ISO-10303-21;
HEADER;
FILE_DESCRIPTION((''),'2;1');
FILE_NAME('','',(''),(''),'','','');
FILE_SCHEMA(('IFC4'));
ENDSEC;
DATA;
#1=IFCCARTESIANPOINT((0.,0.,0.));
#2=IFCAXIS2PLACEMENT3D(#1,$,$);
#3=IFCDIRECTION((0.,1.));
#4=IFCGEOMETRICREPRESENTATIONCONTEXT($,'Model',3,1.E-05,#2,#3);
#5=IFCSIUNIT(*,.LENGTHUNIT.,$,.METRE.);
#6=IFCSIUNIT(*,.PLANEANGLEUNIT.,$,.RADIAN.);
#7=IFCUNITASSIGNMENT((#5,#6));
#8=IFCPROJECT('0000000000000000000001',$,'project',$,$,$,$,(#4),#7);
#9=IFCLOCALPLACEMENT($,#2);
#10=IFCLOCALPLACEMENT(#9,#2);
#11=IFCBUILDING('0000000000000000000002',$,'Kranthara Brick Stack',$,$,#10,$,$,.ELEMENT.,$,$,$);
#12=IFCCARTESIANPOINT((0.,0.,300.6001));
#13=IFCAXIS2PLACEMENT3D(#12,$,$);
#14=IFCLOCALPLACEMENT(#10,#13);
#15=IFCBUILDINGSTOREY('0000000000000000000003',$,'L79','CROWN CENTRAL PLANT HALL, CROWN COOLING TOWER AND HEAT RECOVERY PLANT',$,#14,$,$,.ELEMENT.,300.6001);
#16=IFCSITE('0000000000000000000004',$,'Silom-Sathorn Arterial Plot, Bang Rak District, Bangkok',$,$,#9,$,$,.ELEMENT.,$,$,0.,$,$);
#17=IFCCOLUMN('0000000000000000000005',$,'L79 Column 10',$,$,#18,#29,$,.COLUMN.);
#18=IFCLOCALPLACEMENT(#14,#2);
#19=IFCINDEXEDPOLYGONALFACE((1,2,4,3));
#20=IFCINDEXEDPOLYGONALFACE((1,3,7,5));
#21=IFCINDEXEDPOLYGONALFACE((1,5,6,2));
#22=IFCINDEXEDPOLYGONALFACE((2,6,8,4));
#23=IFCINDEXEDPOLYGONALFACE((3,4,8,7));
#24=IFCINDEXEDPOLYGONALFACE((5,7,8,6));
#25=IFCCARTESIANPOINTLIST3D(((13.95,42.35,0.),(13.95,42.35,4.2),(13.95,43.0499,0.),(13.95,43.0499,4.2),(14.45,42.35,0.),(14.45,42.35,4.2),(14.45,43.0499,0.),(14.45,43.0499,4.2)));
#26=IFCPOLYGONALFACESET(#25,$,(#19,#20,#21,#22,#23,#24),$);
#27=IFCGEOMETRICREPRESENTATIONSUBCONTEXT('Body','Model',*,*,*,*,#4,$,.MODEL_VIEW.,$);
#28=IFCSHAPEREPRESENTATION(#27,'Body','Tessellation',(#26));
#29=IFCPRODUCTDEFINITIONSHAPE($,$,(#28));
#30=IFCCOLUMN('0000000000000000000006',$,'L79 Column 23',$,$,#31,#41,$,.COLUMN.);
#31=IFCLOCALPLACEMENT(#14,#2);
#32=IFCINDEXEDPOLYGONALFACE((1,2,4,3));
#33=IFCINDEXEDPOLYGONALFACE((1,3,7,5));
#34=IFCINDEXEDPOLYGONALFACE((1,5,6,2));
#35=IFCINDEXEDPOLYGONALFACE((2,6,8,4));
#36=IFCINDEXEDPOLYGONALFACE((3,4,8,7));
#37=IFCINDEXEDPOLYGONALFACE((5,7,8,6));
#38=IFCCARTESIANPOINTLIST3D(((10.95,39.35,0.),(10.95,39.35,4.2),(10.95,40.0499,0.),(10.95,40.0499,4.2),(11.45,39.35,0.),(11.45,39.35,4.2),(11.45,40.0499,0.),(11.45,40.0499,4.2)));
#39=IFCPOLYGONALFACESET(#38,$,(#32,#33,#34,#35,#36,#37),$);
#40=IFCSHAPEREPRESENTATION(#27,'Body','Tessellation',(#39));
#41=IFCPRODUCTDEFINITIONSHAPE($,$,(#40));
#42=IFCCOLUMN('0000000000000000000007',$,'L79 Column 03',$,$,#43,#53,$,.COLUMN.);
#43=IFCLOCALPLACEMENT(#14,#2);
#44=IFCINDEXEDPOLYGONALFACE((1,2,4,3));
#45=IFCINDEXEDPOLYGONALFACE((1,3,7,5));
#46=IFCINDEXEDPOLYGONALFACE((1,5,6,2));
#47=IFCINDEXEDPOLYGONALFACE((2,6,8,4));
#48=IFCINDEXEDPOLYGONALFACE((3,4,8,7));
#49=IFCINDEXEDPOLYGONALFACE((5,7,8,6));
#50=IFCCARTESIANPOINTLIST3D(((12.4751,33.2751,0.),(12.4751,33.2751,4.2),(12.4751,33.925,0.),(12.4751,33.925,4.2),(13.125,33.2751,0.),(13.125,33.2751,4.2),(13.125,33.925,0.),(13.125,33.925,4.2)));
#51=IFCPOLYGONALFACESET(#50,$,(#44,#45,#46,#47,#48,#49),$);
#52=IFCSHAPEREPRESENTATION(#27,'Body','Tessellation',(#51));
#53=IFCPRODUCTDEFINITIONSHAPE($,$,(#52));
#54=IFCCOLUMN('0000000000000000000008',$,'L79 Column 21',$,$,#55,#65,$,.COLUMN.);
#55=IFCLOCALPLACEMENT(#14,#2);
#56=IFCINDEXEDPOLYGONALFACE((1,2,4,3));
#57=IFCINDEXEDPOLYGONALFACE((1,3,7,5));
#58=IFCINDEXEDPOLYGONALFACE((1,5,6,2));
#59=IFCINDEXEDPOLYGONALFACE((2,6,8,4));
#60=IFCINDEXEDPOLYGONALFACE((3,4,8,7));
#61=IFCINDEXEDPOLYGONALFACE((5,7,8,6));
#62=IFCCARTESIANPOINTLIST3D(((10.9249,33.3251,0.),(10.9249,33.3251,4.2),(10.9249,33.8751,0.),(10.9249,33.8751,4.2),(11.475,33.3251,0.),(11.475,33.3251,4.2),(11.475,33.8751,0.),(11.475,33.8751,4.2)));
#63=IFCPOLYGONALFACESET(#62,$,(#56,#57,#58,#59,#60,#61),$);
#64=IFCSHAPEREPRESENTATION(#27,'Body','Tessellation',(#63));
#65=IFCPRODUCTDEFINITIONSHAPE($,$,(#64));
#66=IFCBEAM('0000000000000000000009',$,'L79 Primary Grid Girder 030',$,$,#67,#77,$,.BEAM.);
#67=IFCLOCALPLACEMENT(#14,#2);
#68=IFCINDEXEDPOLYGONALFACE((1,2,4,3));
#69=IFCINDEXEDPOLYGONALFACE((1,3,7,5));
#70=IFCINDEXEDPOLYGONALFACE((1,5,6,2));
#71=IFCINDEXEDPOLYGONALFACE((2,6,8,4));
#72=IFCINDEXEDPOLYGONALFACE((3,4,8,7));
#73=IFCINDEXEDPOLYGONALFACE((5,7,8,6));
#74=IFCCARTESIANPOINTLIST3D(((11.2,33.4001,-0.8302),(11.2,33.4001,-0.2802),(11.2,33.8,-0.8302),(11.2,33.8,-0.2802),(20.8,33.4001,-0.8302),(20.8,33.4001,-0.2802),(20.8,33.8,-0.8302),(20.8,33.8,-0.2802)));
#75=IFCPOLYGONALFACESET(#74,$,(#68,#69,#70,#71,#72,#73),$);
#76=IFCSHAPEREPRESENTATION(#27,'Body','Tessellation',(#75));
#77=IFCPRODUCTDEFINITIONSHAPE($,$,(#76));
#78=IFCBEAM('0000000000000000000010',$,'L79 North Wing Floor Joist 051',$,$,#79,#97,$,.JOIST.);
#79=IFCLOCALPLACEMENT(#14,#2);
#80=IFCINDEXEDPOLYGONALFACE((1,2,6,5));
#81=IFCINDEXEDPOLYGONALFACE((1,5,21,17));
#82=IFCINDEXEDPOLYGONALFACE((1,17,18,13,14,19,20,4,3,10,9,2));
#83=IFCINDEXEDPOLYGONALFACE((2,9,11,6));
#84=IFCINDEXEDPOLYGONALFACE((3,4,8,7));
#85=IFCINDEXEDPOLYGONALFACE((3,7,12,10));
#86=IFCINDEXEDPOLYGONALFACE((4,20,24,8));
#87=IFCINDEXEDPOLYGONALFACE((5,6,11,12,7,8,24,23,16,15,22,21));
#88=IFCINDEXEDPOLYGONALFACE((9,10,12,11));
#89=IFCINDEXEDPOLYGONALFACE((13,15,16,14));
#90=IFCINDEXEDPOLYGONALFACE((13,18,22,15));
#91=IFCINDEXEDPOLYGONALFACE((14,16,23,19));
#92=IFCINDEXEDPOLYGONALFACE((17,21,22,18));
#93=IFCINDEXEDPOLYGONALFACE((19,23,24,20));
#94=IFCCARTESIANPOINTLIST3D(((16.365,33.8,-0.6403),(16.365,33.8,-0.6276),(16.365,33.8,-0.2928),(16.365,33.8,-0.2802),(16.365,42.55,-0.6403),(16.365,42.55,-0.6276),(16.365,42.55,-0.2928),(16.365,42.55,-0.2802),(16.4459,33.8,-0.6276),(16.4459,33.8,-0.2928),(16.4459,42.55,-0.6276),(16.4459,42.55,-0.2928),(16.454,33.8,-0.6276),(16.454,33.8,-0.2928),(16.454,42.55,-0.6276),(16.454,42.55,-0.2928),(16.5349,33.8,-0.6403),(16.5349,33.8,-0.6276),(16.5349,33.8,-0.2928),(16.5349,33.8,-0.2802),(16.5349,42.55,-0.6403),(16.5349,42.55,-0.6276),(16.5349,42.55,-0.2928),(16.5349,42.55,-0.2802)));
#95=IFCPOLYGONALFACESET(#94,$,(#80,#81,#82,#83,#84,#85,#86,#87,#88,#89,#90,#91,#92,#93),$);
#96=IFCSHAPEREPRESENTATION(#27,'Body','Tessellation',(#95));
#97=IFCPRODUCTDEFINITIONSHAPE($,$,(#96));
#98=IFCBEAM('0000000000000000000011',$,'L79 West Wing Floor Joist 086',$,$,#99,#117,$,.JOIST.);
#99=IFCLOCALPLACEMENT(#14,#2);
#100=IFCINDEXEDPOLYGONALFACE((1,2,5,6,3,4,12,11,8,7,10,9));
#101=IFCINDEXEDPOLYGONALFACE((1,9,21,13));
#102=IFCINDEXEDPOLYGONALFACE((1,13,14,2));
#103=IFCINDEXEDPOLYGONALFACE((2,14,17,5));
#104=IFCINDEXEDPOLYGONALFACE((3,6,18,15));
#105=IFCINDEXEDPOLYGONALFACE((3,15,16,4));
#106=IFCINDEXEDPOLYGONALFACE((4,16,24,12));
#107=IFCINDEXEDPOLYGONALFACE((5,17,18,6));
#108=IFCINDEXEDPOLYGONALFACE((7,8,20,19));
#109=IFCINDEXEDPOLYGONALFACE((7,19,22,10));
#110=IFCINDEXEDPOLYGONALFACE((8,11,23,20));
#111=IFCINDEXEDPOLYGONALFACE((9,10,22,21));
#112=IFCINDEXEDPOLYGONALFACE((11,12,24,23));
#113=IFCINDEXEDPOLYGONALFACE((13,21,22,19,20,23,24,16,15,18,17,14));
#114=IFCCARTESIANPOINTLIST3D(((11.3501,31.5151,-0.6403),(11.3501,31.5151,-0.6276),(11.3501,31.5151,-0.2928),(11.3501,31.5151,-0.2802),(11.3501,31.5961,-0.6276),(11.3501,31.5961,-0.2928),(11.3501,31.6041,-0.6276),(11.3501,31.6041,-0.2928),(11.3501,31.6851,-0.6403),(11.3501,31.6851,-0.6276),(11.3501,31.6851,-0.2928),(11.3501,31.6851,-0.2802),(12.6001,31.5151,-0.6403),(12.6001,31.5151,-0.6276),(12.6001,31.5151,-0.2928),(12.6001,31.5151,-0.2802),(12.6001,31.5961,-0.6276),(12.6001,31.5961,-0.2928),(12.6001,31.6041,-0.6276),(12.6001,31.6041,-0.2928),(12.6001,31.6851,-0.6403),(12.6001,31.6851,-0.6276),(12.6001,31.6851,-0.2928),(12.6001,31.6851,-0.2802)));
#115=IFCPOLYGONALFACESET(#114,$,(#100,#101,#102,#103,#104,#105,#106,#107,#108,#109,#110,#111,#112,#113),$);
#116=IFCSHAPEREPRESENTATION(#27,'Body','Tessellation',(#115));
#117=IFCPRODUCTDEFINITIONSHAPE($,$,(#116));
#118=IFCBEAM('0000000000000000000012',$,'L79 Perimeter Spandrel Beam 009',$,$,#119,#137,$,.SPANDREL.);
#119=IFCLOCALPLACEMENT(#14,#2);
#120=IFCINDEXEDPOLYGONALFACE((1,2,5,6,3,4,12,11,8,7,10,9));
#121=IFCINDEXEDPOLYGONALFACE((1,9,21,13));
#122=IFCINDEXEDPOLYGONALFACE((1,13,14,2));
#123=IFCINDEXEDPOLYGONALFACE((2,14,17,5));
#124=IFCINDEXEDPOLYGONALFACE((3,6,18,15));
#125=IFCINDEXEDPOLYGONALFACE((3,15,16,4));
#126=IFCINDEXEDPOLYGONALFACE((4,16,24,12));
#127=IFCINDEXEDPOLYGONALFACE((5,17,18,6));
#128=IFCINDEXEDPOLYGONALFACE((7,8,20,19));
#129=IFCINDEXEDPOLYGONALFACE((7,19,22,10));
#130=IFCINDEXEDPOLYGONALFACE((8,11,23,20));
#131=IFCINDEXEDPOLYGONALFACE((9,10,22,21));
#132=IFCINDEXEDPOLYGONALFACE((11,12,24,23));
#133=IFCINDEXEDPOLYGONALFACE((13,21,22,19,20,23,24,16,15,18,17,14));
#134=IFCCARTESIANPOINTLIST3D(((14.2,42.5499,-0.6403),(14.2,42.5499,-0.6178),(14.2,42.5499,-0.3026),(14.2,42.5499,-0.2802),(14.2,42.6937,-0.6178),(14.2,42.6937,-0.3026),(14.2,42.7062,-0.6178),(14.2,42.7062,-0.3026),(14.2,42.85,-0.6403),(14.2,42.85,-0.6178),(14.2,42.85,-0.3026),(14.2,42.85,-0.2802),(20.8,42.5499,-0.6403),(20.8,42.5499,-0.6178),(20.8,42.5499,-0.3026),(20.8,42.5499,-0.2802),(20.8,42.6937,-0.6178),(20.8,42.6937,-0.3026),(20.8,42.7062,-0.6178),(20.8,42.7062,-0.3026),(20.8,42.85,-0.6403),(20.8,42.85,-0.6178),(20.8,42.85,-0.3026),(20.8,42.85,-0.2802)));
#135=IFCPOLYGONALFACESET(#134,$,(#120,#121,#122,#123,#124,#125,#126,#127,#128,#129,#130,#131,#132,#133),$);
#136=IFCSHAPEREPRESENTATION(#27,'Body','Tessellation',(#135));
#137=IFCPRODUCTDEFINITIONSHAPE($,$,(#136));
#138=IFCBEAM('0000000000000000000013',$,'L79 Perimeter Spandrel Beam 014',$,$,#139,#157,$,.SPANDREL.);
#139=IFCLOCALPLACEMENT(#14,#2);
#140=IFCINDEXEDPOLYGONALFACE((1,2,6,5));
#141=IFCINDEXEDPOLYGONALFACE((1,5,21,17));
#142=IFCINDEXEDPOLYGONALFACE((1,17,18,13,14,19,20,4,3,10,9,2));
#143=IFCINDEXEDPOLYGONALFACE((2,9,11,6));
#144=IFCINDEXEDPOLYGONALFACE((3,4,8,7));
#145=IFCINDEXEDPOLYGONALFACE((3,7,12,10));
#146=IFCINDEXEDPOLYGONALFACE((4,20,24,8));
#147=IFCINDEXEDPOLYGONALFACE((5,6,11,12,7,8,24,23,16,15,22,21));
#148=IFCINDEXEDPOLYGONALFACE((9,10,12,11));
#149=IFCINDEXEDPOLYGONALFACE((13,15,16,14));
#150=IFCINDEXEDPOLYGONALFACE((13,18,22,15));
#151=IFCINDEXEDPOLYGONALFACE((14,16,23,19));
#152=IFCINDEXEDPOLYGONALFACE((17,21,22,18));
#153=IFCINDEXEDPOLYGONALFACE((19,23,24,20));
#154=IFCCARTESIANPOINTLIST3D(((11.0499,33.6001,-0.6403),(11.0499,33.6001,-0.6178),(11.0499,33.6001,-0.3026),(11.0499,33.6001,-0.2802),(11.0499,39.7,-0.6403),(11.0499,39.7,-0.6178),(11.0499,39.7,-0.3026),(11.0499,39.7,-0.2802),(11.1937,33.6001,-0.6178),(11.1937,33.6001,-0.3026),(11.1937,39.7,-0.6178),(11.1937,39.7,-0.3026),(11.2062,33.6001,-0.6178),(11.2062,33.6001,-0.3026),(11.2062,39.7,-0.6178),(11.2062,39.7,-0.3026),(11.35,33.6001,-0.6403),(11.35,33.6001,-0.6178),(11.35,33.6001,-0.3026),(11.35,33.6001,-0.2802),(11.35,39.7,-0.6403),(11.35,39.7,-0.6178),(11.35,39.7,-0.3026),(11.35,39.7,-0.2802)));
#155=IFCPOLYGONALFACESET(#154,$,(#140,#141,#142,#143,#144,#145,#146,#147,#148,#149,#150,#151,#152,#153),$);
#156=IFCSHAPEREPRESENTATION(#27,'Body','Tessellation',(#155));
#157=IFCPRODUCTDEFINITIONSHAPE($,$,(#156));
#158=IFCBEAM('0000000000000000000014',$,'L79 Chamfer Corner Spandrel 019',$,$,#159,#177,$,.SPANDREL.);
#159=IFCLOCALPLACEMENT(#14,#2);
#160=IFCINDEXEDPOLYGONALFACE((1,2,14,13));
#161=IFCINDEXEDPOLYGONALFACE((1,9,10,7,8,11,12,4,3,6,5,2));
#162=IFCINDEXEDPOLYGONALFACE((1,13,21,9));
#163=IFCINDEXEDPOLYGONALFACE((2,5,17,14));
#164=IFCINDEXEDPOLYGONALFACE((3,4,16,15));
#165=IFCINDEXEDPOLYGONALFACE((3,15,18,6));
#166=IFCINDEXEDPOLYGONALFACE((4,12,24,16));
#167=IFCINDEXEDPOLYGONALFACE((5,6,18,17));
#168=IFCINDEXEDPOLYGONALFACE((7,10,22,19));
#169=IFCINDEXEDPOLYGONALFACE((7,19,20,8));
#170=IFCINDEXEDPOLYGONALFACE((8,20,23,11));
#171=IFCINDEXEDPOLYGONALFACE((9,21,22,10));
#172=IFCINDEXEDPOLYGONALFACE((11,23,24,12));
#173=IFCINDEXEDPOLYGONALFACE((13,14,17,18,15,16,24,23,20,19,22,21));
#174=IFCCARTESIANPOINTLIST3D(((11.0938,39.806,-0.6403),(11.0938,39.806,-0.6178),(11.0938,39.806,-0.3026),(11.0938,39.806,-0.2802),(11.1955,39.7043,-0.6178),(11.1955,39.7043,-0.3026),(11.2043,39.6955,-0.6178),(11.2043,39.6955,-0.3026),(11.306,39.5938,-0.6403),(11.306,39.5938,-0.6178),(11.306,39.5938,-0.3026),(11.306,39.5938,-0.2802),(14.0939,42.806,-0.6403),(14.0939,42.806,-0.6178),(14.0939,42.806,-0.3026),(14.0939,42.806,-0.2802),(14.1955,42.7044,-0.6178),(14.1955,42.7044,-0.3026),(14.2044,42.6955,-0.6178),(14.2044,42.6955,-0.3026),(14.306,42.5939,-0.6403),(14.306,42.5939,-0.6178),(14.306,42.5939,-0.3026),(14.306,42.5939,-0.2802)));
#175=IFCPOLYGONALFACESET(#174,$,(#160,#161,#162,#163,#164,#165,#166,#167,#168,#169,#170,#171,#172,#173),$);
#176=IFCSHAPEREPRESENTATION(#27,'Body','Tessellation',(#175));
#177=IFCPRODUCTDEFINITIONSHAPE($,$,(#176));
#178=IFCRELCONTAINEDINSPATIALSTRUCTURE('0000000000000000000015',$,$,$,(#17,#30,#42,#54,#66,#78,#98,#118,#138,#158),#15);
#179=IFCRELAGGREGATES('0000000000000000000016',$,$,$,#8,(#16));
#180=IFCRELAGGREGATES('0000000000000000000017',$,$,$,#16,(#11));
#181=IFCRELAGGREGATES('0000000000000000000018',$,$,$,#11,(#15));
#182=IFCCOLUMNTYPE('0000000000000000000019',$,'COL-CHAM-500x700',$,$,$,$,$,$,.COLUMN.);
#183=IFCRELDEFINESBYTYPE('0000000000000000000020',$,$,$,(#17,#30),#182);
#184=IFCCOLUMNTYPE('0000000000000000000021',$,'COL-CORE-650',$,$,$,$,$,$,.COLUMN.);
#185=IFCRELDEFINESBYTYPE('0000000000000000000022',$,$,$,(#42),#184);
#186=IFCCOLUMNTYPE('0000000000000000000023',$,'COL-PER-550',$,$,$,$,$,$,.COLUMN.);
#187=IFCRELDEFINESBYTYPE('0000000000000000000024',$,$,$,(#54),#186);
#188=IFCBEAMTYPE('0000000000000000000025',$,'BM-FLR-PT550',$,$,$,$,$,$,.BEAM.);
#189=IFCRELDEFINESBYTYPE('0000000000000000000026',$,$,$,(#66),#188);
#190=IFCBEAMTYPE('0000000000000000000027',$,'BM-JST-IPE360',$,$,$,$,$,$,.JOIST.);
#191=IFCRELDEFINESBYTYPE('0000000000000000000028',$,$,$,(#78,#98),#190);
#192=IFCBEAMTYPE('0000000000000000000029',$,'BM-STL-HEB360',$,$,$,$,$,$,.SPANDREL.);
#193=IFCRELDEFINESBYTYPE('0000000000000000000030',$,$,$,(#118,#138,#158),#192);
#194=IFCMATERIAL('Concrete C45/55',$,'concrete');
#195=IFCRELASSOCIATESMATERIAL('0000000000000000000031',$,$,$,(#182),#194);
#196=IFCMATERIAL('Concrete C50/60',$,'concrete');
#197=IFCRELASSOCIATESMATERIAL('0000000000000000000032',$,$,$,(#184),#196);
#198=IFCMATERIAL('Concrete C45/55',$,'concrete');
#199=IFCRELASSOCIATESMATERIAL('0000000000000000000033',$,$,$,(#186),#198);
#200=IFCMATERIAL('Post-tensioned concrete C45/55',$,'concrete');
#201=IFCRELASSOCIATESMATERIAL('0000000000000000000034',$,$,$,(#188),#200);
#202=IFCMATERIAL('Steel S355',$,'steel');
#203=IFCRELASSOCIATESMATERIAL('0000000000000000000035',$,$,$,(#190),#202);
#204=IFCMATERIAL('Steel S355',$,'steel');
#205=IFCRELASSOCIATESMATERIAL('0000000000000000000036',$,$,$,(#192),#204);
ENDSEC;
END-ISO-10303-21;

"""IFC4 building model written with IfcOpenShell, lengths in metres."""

from ifc_helpers import new_model, si_unit, direction, frame, origin, origin_2d, place, context, subcontext, project, spatial, rectangle, i_section, extrude, material, material_profile, profile_set, type_object, element, save


model = new_model("IFC4")

# Units and contexts
model_context = context("Model", 3, precision=1e-05, world=origin(), true_north=direction((0.0, 1.0)))
body_context = subcontext(model_context, "Body", "Model", "MODEL_VIEW")
ifc_project = project(units=[si_unit("LENGTHUNIT", "METRE"), si_unit("PLANEANGLEUNIT", "RADIAN")], contexts=[model_context])

# Site, building, storey
site_placement = place(None, origin())
site = spatial("IfcSite", under=ifc_project, at=site_placement, Name="Silom-Sathorn Arterial Plot, Bang Rak District, Bangkok", CompositionType="ELEMENT", RefElevation=0.0)
building_placement = place(site_placement, origin())
building = spatial("IfcBuilding", under=site, at=building_placement, Name="Kranthara Brick Stack", CompositionType="ELEMENT")
storey_placement = place(building_placement, frame((0.0, 0.0, 300.6001)))
storey = spatial("IfcBuildingStorey", under=building, at=storey_placement, Name="L79", Description="CROWN CENTRAL PLANT HALL, CROWN COOLING TOWER AND HEAT RECOVERY PLANT", CompositionType="ELEMENT", Elevation=300.6001)

# Columns
ifc_material_1 = material(Name="Concrete C45/55", Category="concrete")
ifc_material_profile_1 = material_profile(ifc_material_1, rectangle(XDim=0.5, YDim=0.7, at=origin_2d()), Name="RC 500x700")
ifc_profile_set_1 = profile_set([ifc_material_profile_1], Name="Concrete C45/55")
column_type_1 = type_object("IfcColumnType", Name="COL-CHAM-500x700", PredefinedType="COLUMN", material=ifc_profile_set_1)
for number, where, z_axis, x_axis, name in (
    (1, (14.2, 42.7, 0.0), (0.0, 0.0, 1.0), (1.0, 0.0, 0.0), "L79 Column 10"),
    (2, (11.2, 39.7, 0.0), (0.0, 0.0, 1.0), (1.0, 0.0, 0.0), "L79 Column 23"),
):
    element("IfcColumn", number, at=place(storey_placement, frame(where, z_axis=z_axis, x_axis=x_axis)), inside=storey, type_object=column_type_1, Name=name, PredefinedType="COLUMN", context=body_context, shape_type="SweptSolid", body=[
        extrude(rectangle(XDim=0.5, YDim=0.7, at=origin_2d()), origin(), (0.0, 0.0, 1.0), 4.2),
    ])
ifc_material_2 = material(Name="Concrete C50/60", Category="concrete")
ifc_material_profile_2 = material_profile(ifc_material_2, rectangle(XDim=0.6499, YDim=0.6499, at=origin_2d()), Name="RC 650x650")
ifc_profile_set_2 = profile_set([ifc_material_profile_2], Name="Concrete C50/60")
column_type_2 = type_object("IfcColumnType", Name="COL-CORE-650", PredefinedType="COLUMN", material=ifc_profile_set_2)
column_1_placement = place(storey_placement, frame((12.8, 33.6001, 0.0), z_axis=(0.0, 0.0, 1.0), x_axis=(1.0, 0.0, 0.0)))
element("IfcColumn", 3, at=column_1_placement, inside=storey, type_object=column_type_2, Name="L79 Column 03", PredefinedType="COLUMN", context=body_context, shape_type="SweptSolid", body=[
    extrude(rectangle(XDim=0.6499, YDim=0.6499, at=origin_2d()), origin(), (0.0, 0.0, 1.0), 4.2),
])
ifc_material_3 = material(Name="Concrete C45/55", Category="concrete")
ifc_material_profile_3 = material_profile(ifc_material_3, rectangle(XDim=0.55, YDim=0.55, at=origin_2d()), Name="RC 550x550")
ifc_profile_set_3 = profile_set([ifc_material_profile_3], Name="Concrete C45/55")
column_type_3 = type_object("IfcColumnType", Name="COL-PER-550", PredefinedType="COLUMN", material=ifc_profile_set_3)
column_2_placement = place(storey_placement, frame((11.2, 33.6001, 0.0), z_axis=(0.0, 0.0, 1.0), x_axis=(1.0, 0.0, 0.0)))
element("IfcColumn", 4, at=column_2_placement, inside=storey, type_object=column_type_3, Name="L79 Column 21", PredefinedType="COLUMN", context=body_context, shape_type="SweptSolid", body=[
    extrude(rectangle(XDim=0.55, YDim=0.55, at=origin_2d()), origin(), (0.0, 0.0, 1.0), 4.2),
])

# Beams
ifc_material_4 = material(Name="Post-tensioned concrete C45/55", Category="concrete")
ifc_material_profile_4 = material_profile(ifc_material_4, rectangle(XDim=0.3999, YDim=0.55, at=origin_2d()), Name="PT 400x550")
ifc_profile_set_4 = profile_set([ifc_material_profile_4], Name="Post-tensioned concrete C45/55")
beam_type_1 = type_object("IfcBeamType", Name="BM-FLR-PT550", PredefinedType="BEAM", material=ifc_profile_set_4)
beam_1_placement = place(storey_placement, frame((11.2, 33.6001, -0.5552), z_axis=(1.0, 0.0, 0.0), x_axis=(0.0, 1.0, 0.0)))
element("IfcBeam", 5, at=beam_1_placement, inside=storey, type_object=beam_type_1, Name="L79 Primary Grid Girder 030", PredefinedType="BEAM", context=body_context, shape_type="SweptSolid", body=[
    extrude(rectangle(XDim=0.3999, YDim=0.55, at=origin_2d()), origin(), (0.0, 0.0, 1.0), 9.6001),
])
ifc_material_5 = material(Name="Steel S355", Category="steel")
ifc_material_profile_5 = material_profile(ifc_material_5, i_section(OverallWidth=0.1699, OverallDepth=0.3601, WebThickness=0.0081, FlangeThickness=0.0127, at=origin_2d()), Name="IPE 360")
ifc_profile_set_5 = profile_set([ifc_material_profile_5], Name="Steel S355")
beam_type_2 = type_object("IfcBeamType", Name="BM-JST-IPE360", PredefinedType="JOIST", material=ifc_profile_set_5)
beam_2_placement = place(storey_placement, frame((16.45, 33.8, -0.4602), z_axis=(0.0, 1.0, 0.0), x_axis=(-1.0, 0.0, 0.0)))
element("IfcBeam", 6, at=beam_2_placement, inside=storey, type_object=beam_type_2, Name="L79 North Wing Floor Joist 051", PredefinedType="JOIST", context=body_context, shape_type="SweptSolid", body=[
    extrude(i_section(OverallWidth=0.1699, OverallDepth=0.3601, WebThickness=0.0081, FlangeThickness=0.0127, at=origin_2d()), origin(), (0.0, 0.0, 1.0), 8.75),
])
beam_3_placement = place(storey_placement, frame((11.3501, 31.6001, -0.4602), z_axis=(1.0, 0.0, 0.0), x_axis=(0.0, 1.0, 0.0)))
element("IfcBeam", 7, at=beam_3_placement, inside=storey, type_object=beam_type_2, Name="L79 West Wing Floor Joist 086", PredefinedType="JOIST", context=body_context, shape_type="SweptSolid", body=[
    extrude(i_section(OverallWidth=0.1699, OverallDepth=0.3601, WebThickness=0.0081, FlangeThickness=0.0127, at=origin_2d()), origin(), (0.0, 0.0, 1.0), 1.25),
])
ifc_material_6 = material(Name="Steel S355", Category="steel")
ifc_material_profile_6 = material_profile(ifc_material_6, i_section(OverallWidth=0.3, OverallDepth=0.3601, WebThickness=0.0125, FlangeThickness=0.0225, at=origin_2d()), Name="HEB 360")
ifc_profile_set_6 = profile_set([ifc_material_profile_6], Name="Steel S355")
beam_type_3 = type_object("IfcBeamType", Name="BM-STL-HEB360", PredefinedType="SPANDREL", material=ifc_profile_set_6)
beam_4_placement = place(storey_placement, frame((14.2, 42.7, -0.4602), z_axis=(1.0, 0.0, 0.0), x_axis=(0.0, 1.0, 0.0)))
element("IfcBeam", 8, at=beam_4_placement, inside=storey, type_object=beam_type_3, Name="L79 Perimeter Spandrel Beam 009", PredefinedType="SPANDREL", context=body_context, shape_type="SweptSolid", body=[
    extrude(i_section(OverallWidth=0.3, OverallDepth=0.3601, WebThickness=0.0125, FlangeThickness=0.0225, at=origin_2d()), origin(), (0.0, 0.0, 1.0), 6.6001),
])
beam_5_placement = place(storey_placement, frame((11.2, 33.6001, -0.4602), z_axis=(0.0, 1.0, 0.0), x_axis=(-1.0, 0.0, 0.0)))
element("IfcBeam", 9, at=beam_5_placement, inside=storey, type_object=beam_type_3, Name="L79 Perimeter Spandrel Beam 014", PredefinedType="SPANDREL", context=body_context, shape_type="SweptSolid", body=[
    extrude(i_section(OverallWidth=0.3, OverallDepth=0.3601, WebThickness=0.0125, FlangeThickness=0.0225, at=origin_2d()), origin(), (0.0, 0.0, 1.0), 6.0999),
])
beam_6_placement = place(storey_placement, frame((14.2, 42.7, -0.4602), z_axis=(-0.707107, -0.707107, 0.0), x_axis=(0.707107, -0.707107, 0.0)))
element("IfcBeam", 10, at=beam_6_placement, inside=storey, type_object=beam_type_3, Name="L79 Chamfer Corner Spandrel 019", PredefinedType="SPANDREL", context=body_context, shape_type="SweptSolid", body=[
    extrude(i_section(OverallWidth=0.3, OverallDepth=0.3601, WebThickness=0.0125, FlangeThickness=0.0225, at=origin_2d()), origin(), (0.0, 0.0, 1.0), 4.2427),
])

save(model, "model.ifc")
